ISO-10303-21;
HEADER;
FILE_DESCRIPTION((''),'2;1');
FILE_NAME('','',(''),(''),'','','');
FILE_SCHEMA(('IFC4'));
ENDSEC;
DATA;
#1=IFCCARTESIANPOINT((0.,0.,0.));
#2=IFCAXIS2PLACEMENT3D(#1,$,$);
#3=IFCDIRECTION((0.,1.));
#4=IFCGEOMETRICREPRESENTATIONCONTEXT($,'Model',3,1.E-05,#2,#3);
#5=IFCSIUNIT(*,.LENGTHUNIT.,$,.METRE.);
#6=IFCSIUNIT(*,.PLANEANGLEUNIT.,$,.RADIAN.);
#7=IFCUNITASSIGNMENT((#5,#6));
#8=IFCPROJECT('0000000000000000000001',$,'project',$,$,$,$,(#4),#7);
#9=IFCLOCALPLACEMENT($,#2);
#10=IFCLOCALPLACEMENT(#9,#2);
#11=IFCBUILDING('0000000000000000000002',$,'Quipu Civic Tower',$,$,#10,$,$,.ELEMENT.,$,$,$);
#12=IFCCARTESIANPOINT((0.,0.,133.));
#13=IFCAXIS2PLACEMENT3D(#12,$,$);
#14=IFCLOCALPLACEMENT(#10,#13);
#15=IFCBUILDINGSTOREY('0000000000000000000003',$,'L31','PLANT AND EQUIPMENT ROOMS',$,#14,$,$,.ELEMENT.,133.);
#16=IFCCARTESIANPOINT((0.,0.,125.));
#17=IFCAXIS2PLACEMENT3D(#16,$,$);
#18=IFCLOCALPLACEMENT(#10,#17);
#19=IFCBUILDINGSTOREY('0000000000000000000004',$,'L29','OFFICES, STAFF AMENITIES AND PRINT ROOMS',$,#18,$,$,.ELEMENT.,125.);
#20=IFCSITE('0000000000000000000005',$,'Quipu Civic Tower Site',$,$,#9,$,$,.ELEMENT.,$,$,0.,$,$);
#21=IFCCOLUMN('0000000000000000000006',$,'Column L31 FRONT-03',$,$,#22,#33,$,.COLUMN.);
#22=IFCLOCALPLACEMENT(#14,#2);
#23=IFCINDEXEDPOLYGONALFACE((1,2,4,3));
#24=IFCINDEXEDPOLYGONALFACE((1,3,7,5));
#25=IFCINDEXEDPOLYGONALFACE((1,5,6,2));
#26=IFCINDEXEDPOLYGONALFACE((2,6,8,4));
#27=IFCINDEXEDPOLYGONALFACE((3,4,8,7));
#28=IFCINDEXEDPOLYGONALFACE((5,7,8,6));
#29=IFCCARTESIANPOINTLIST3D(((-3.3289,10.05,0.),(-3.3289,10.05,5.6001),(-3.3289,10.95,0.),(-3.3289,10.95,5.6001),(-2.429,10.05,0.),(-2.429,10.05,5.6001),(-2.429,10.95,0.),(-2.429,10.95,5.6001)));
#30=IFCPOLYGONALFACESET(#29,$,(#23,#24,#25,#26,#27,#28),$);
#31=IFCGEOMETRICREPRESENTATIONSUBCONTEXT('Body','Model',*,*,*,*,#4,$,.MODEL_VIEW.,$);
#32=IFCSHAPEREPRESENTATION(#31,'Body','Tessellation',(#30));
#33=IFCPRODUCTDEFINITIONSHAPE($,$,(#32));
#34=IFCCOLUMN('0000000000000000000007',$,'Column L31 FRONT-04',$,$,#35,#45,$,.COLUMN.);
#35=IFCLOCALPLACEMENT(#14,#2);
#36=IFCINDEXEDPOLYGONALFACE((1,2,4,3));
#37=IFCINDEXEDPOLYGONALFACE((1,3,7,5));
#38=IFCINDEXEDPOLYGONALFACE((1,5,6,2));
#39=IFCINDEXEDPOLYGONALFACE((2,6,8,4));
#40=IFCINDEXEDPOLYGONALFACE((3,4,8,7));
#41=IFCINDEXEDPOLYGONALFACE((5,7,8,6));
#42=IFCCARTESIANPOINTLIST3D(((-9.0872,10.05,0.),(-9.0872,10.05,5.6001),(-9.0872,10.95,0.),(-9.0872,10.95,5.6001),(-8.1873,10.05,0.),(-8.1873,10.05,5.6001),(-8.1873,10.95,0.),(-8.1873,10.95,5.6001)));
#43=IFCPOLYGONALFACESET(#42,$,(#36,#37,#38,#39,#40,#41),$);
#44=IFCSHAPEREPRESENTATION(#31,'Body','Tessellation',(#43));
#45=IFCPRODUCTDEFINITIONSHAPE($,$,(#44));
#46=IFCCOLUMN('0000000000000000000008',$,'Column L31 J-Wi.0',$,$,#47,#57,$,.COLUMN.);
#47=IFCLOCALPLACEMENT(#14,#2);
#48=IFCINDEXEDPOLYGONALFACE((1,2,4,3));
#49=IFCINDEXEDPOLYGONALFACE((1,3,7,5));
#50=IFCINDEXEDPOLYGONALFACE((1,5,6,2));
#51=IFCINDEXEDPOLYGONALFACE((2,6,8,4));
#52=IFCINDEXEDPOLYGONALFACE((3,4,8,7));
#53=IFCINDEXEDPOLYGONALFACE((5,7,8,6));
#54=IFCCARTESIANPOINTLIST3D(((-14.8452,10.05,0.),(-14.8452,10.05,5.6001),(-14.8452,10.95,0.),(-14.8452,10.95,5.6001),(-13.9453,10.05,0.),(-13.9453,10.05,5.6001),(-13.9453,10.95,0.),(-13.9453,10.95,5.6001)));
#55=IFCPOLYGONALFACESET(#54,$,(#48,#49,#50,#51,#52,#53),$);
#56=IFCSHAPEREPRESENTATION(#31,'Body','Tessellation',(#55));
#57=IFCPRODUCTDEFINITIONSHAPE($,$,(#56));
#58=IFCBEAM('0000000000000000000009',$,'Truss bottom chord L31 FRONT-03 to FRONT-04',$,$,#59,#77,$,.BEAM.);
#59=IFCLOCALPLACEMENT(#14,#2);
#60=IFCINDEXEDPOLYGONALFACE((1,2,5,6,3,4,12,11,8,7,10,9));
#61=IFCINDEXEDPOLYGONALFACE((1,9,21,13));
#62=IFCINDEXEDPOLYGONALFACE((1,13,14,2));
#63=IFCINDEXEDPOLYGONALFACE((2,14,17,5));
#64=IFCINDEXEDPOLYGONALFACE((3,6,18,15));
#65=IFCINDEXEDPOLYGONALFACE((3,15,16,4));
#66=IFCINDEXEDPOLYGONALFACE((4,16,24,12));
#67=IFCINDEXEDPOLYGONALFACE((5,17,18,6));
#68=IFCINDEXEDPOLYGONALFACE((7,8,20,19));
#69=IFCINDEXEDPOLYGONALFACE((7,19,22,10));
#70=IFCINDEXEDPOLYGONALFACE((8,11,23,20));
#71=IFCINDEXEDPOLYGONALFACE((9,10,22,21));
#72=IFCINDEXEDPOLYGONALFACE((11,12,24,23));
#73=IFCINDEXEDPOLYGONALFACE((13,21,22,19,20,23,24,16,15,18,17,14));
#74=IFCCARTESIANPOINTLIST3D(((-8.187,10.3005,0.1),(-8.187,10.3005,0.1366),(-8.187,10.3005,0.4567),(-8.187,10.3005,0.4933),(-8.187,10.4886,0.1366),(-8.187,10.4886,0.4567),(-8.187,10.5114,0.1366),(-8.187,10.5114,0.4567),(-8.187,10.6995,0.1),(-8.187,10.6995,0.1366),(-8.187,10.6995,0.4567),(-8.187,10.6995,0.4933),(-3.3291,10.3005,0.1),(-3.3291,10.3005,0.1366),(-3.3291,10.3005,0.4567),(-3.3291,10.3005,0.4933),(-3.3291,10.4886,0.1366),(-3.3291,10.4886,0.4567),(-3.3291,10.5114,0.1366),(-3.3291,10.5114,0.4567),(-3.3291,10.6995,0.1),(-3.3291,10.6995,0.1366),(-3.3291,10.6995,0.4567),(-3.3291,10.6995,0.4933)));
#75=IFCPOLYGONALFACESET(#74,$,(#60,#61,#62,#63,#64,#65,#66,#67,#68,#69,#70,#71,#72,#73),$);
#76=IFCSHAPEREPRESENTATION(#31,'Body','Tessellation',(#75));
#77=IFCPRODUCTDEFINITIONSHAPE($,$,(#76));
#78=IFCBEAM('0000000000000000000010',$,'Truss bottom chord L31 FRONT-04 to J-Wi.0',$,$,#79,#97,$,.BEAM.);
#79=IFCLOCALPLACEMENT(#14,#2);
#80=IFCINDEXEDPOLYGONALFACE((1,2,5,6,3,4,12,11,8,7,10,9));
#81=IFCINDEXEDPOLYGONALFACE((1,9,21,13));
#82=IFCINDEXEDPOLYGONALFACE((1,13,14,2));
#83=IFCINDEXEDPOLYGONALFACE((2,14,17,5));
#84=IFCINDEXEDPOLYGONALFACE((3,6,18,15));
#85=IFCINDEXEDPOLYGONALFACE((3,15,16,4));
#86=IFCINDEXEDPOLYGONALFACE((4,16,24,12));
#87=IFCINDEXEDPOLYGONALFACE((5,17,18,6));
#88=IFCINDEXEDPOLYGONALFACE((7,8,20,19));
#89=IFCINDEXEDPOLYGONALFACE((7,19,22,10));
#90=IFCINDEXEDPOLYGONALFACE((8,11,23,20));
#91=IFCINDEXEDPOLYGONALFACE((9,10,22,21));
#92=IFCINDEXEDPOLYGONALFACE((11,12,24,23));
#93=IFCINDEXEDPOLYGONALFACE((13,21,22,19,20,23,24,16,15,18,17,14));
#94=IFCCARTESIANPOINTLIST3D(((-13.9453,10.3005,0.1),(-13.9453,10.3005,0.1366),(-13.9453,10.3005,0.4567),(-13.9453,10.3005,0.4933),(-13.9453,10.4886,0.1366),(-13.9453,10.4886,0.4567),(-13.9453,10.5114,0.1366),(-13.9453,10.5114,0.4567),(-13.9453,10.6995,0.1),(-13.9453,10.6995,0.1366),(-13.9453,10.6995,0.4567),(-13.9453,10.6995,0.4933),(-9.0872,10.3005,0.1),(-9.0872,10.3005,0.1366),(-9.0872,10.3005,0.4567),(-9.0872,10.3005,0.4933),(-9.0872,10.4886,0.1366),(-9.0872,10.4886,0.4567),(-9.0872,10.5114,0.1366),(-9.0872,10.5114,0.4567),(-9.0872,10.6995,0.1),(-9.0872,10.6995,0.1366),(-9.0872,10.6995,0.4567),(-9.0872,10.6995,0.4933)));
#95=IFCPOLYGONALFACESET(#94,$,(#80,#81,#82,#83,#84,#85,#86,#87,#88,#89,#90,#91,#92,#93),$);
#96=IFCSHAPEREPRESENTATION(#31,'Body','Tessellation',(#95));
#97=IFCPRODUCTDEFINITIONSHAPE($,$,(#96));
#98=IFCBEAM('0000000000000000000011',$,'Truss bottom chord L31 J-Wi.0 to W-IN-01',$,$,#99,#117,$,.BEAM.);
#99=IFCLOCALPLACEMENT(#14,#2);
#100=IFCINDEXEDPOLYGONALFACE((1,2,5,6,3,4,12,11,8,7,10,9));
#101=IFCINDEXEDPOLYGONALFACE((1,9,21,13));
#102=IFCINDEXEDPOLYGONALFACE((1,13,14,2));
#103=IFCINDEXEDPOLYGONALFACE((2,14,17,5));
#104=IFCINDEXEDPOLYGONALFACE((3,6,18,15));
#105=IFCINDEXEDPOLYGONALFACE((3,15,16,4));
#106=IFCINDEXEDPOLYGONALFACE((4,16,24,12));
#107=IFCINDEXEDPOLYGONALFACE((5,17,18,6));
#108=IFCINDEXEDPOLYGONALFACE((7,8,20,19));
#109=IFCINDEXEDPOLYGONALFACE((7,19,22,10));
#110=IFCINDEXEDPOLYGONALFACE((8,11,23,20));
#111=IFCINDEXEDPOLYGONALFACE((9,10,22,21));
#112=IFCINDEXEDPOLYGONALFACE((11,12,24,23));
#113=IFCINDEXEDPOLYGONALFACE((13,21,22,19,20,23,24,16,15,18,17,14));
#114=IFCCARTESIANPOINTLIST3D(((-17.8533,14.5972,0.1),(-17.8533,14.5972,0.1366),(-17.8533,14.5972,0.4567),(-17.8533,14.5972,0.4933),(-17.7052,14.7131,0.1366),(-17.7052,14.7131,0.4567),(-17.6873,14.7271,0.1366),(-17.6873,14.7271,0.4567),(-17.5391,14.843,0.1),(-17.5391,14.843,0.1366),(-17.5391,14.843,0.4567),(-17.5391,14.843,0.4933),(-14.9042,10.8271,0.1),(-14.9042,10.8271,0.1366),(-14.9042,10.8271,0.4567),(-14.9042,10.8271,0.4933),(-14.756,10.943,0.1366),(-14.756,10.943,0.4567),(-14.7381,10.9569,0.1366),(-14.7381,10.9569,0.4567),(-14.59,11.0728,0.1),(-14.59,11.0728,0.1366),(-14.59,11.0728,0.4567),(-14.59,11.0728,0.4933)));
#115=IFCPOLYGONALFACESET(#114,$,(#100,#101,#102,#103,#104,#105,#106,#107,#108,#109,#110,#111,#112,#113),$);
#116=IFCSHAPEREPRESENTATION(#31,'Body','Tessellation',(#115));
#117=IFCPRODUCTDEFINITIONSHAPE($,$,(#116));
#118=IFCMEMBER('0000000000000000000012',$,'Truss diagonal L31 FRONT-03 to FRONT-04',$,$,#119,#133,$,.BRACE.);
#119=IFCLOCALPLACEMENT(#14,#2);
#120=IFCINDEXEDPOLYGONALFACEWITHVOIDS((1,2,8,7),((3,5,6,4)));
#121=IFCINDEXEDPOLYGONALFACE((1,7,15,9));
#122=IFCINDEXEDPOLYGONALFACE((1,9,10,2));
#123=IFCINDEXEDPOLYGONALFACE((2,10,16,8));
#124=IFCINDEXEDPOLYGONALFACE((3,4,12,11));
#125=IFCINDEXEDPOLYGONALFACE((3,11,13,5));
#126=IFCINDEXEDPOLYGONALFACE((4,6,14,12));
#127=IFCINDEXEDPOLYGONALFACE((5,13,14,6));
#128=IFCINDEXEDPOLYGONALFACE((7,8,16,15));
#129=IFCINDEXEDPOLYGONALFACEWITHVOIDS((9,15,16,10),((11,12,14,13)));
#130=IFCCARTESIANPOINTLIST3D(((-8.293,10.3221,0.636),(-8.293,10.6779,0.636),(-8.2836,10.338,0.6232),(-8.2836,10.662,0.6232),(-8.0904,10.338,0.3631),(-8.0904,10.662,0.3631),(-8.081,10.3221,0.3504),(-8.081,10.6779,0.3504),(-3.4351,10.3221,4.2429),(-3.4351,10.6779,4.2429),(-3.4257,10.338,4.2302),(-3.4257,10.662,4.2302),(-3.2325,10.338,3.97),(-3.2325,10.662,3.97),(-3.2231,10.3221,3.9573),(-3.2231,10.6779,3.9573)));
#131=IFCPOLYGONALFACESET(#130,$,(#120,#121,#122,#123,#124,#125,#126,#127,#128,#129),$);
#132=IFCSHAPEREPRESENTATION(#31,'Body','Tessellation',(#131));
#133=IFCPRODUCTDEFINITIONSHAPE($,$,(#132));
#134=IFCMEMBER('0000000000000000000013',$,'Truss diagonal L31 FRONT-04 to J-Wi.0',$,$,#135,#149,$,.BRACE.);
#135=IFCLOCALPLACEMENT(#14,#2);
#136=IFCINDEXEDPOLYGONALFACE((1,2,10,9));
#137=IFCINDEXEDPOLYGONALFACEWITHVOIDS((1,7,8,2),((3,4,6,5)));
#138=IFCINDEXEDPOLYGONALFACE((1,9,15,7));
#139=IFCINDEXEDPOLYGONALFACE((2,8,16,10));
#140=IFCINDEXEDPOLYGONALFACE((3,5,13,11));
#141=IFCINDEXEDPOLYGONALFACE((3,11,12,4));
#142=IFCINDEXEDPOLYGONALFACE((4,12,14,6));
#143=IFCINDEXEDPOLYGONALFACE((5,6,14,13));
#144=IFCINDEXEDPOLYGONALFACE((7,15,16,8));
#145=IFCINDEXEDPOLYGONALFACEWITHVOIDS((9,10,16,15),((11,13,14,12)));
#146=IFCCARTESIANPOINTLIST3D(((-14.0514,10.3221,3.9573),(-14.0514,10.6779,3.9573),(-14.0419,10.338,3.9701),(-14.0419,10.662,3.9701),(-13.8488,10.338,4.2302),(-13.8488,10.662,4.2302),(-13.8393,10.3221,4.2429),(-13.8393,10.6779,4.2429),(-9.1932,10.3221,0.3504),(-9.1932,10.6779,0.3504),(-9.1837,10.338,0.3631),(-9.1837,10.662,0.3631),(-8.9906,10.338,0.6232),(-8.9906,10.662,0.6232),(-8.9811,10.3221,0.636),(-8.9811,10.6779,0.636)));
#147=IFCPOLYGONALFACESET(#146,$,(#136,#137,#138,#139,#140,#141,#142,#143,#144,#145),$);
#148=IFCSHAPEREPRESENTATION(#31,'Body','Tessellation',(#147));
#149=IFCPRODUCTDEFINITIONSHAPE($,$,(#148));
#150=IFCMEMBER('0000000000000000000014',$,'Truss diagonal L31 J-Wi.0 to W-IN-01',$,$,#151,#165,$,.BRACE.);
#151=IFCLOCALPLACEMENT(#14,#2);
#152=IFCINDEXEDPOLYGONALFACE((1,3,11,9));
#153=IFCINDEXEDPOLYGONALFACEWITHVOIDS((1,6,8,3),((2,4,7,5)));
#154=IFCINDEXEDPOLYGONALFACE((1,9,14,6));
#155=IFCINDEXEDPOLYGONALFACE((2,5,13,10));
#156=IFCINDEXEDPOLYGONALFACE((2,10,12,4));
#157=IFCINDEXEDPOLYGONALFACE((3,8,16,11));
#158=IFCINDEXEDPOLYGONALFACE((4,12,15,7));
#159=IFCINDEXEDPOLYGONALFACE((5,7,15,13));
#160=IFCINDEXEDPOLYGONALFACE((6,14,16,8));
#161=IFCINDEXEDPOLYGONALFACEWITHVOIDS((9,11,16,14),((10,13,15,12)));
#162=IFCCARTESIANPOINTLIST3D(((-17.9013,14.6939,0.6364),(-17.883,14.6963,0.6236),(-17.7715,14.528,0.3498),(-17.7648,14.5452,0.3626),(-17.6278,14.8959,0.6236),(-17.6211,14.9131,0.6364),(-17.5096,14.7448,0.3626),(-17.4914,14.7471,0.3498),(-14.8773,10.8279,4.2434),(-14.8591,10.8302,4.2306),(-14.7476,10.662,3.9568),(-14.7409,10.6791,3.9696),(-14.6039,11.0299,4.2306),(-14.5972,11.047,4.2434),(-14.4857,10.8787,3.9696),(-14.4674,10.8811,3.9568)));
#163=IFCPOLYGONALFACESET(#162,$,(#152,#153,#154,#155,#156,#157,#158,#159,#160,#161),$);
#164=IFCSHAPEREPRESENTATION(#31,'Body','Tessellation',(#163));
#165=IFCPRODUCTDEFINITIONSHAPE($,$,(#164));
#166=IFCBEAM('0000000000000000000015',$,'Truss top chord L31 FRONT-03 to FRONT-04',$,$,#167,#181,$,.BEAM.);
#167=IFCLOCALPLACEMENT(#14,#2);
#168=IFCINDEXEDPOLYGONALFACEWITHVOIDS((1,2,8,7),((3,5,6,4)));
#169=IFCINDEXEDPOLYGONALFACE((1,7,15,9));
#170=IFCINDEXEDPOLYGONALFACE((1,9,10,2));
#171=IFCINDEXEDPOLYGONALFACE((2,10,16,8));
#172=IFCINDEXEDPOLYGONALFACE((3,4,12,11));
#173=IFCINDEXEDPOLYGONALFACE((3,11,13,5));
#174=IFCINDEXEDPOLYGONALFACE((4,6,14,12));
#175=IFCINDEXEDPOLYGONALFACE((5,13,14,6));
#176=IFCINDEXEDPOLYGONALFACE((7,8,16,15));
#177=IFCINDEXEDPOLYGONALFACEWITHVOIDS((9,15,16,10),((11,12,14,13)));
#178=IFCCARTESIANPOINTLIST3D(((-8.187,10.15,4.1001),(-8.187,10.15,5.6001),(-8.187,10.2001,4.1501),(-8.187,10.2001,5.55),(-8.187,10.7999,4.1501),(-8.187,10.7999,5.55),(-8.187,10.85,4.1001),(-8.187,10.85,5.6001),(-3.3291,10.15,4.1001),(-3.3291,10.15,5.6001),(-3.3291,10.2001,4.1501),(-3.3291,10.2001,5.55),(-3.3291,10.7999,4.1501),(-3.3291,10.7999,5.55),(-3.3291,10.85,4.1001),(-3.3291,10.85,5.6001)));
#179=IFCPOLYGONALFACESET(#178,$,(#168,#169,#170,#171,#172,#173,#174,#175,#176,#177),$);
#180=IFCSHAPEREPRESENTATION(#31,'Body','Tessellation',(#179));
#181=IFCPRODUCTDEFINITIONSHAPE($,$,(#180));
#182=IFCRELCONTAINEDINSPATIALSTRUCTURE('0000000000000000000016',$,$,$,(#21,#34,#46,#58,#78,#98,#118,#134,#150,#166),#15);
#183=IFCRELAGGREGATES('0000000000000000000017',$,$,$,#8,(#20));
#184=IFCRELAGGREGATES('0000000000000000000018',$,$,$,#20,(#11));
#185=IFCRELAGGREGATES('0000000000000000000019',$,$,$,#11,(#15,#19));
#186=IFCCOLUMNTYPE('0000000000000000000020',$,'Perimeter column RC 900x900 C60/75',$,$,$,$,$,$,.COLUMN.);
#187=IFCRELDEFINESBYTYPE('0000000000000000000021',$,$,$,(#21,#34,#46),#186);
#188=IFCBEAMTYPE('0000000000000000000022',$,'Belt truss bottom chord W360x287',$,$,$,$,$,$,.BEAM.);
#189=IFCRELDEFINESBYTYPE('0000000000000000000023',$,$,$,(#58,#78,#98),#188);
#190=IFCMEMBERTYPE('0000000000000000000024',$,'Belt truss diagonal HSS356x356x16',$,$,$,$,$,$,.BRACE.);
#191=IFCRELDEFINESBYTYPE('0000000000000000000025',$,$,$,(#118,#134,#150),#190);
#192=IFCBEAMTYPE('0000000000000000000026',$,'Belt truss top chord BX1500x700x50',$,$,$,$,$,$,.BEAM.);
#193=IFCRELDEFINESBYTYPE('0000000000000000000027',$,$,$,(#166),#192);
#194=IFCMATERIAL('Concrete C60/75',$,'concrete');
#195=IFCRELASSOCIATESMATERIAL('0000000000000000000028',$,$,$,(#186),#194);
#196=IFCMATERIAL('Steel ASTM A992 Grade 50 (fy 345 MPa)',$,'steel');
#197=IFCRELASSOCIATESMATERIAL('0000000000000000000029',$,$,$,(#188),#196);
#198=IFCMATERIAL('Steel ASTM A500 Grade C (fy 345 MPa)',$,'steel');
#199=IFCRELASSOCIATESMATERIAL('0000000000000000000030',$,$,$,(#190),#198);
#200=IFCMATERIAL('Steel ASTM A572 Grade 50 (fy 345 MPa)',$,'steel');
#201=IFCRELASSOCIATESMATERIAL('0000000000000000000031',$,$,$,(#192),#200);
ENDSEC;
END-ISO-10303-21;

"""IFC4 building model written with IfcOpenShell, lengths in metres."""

from ifc_helpers import new_model, si_unit, direction, frame, origin, origin_2d, place, context, subcontext, project, spatial, rectangle, hollow_rectangle, i_section, extrude, material, material_profile, profile_set, type_object, element, save


model = new_model("IFC4")

# Units and contexts
model_context = context("Model", 3, precision=1e-05, world=origin(), true_north=direction((0.0, 1.0)))
body_context = subcontext(model_context, "Body", "Model", "MODEL_VIEW")
ifc_project = project(units=[si_unit("LENGTHUNIT", "METRE"), si_unit("PLANEANGLEUNIT", "RADIAN")], contexts=[model_context])

# Site, building, storey
site_placement = place(None, origin())
site = spatial("IfcSite", under=ifc_project, at=site_placement, Name="Quipu Civic Tower Site", CompositionType="ELEMENT", RefElevation=0.0)
building_placement = place(site_placement, origin())
building = spatial("IfcBuilding", under=site, at=building_placement, Name="Quipu Civic Tower", CompositionType="ELEMENT")
storey_1_placement = place(building_placement, frame((0.0, 0.0, 133.0)))
storey_1 = spatial("IfcBuildingStorey", under=building, at=storey_1_placement, Name="L31", Description="PLANT AND EQUIPMENT ROOMS", CompositionType="ELEMENT", Elevation=133.0)

# Columns
ifc_material_1 = material(Name="Concrete C60/75", Category="concrete")
ifc_material_profile_1 = material_profile(ifc_material_1, rectangle(XDim=0.8999, YDim=0.8999, at=origin_2d()), Name="RC900x900")
ifc_profile_set_1 = profile_set([ifc_material_profile_1], Name="Concrete C60/75")
column_type = type_object("IfcColumnType", Name="Perimeter column RC 900x900 C60/75", PredefinedType="COLUMN", material=ifc_profile_set_1)
for number, where, z_axis, x_axis, name in (
    (1, (-2.8789, 10.5, 0.0), (0.0, 0.0, 1.0), (-1.0, 0.0, 0.0), "Column L31 FRONT-03"),
    (2, (-8.6372, 10.5, 0.0), (0.0, 0.0, 1.0), (-1.0, 0.0, 0.0), "Column L31 FRONT-04"),
    (3, (-14.3953, 10.5, 0.0), (0.0, 0.0, 1.0), (-1.0, 0.0, 0.0), "Column L31 J-Wi.0"),
):
    element("IfcColumn", number, at=place(storey_1_placement, frame(where, z_axis=z_axis, x_axis=x_axis)), inside=storey_1, type_object=column_type, Name=name, PredefinedType="COLUMN", context=body_context, shape_type="SweptSolid", body=[
        extrude(rectangle(XDim=0.8999, YDim=0.8999, at=origin_2d()), origin(), (0.0, 0.0, 1.0), 5.6001),
    ])

# Beams
ifc_material_2 = material(Name="Steel ASTM A992 Grade 50 (fy 345 MPa)", Category="steel")
ifc_material_profile_2 = material_profile(ifc_material_2, i_section(OverallWidth=0.3989, OverallDepth=0.3933, WebThickness=0.0227, FlangeThickness=0.0366, at=origin_2d()), Name="W360x287")
ifc_profile_set_2 = profile_set([ifc_material_profile_2], Name="Steel ASTM A992 Grade 50 (fy 345 MPa)")
beam_type_1 = type_object("IfcBeamType", Name="Belt truss bottom chord W360x287", PredefinedType="BEAM", material=ifc_profile_set_2)
beam_1_placement = place(storey_1_placement, frame((-3.3291, 10.5, 0.2966), z_axis=(-1.0, 0.0, 0.0), x_axis=(0.0, -1.0, 0.0)))
element("IfcBeam", 4, at=beam_1_placement, inside=storey_1, type_object=beam_type_1, Name="Truss bottom chord L31 FRONT-03 to FRONT-04", PredefinedType="BEAM", context=body_context, shape_type="SweptSolid", body=[
    extrude(i_section(OverallWidth=0.3989, OverallDepth=0.3933, WebThickness=0.0227, FlangeThickness=0.0366, at=origin_2d()), origin(), (0.0, 0.0, 1.0), 4.8579),
])
beam_2_placement = place(storey_1_placement, frame((-9.0872, 10.5, 0.2966), z_axis=(-1.0, 0.0, 0.0), x_axis=(0.0, -1.0, 0.0)))
element("IfcBeam", 5, at=beam_2_placement, inside=storey_1, type_object=beam_type_1, Name="Truss bottom chord L31 FRONT-04 to J-Wi.0", PredefinedType="BEAM", context=body_context, shape_type="SweptSolid", body=[
    extrude(i_section(OverallWidth=0.3989, OverallDepth=0.3933, WebThickness=0.0227, FlangeThickness=0.0366, at=origin_2d()), origin(), (0.0, 0.0, 1.0), 4.8582),
])
beam_3_placement = place(storey_1_placement, frame((-14.7471, 10.95, 0.2966), z_axis=(-0.616124, 0.787649, 0.0), x_axis=(-0.787649, -0.616124, 0.0)))
element("IfcBeam", 6, at=beam_3_placement, inside=storey_1, type_object=beam_type_1, Name="Truss bottom chord L31 J-Wi.0 to W-IN-01", PredefinedType="BEAM", context=body_context, shape_type="SweptSolid", body=[
    extrude(i_section(OverallWidth=0.3989, OverallDepth=0.3933, WebThickness=0.0227, FlangeThickness=0.0366, at=origin_2d()), origin(), (0.0, 0.0, 1.0), 4.7866),
])

# Members
ifc_material_3 = material(Name="Steel ASTM A500 Grade C (fy 345 MPa)", Category="steel")
ifc_material_profile_3 = material_profile(ifc_material_3, hollow_rectangle(XDim=0.3557, YDim=0.3557, WallThickness=0.0159, at=origin_2d()), Name="HSS356x356x16")
ifc_profile_set_3 = profile_set([ifc_material_profile_3], Name="Steel ASTM A500 Grade C (fy 345 MPa)")
member_type_1 = type_object("IfcMemberType", Name="Belt truss diagonal HSS356x356x16", PredefinedType="BRACE", material=ifc_profile_set_3)
member_1_placement = place(storey_1_placement, frame((-3.3291, 10.5, 4.1001), z_axis=(-0.802886, 0.0, -0.596132), x_axis=(0.0, -1.0, 0.0)))
element("IfcMember", 7, at=member_1_placement, inside=storey_1, type_object=member_type_1, Name="Truss diagonal L31 FRONT-03 to FRONT-04", PredefinedType="BRACE", context=body_context, shape_type="SweptSolid", body=[
    extrude(hollow_rectangle(XDim=0.3557, YDim=0.3557, WallThickness=0.0159, at=origin_2d()), origin(), (0.0, 0.0, 1.0), 6.0505),
])
member_2_placement = place(storey_1_placement, frame((-9.0872, 10.5, 0.4932), z_axis=(-0.802901, 0.0, 0.596113), x_axis=(0.0, -1.0, 0.0)))
element("IfcMember", 8, at=member_2_placement, inside=storey_1, type_object=member_type_1, Name="Truss diagonal L31 FRONT-04 to J-Wi.0", PredefinedType="BRACE", context=body_context, shape_type="SweptSolid", body=[
    extrude(hollow_rectangle(XDim=0.3557, YDim=0.3557, WallThickness=0.0159, at=origin_2d()), origin(), (0.0, 0.0, 1.0), 6.0508),
])
member_3_placement = place(storey_1_placement, frame((-14.6724, 10.8545, 4.1001), z_axis=(-0.496461, 0.634706, -0.592178), x_axis=(-0.787665, -0.616104, 0.0)))
element("IfcMember", 9, at=member_3_placement, inside=storey_1, type_object=member_type_1, Name="Truss diagonal L31 J-Wi.0 to W-IN-01", PredefinedType="BRACE", context=body_context, shape_type="SweptSolid", body=[
    extrude(hollow_rectangle(XDim=0.3557, YDim=0.3557, WallThickness=0.0159, at=origin_2d()), origin(), (0.0, 0.0, 1.0), 6.0911),
])

# Beam
ifc_material_4 = material(Name="Steel ASTM A572 Grade 50 (fy 345 MPa)", Category="steel")
ifc_material_profile_4 = material_profile(ifc_material_4, hollow_rectangle(XDim=0.7, YDim=1.5, WallThickness=0.05, at=origin_2d()), Name="BX1500x700x50")
ifc_profile_set_4 = profile_set([ifc_material_profile_4], Name="Steel ASTM A572 Grade 50 (fy 345 MPa)")
beam_type_2 = type_object("IfcBeamType", Name="Belt truss top chord BX1500x700x50", PredefinedType="BEAM", material=ifc_profile_set_4)
beam_4_placement = place(storey_1_placement, frame((-3.3291, 10.5, 4.8501), z_axis=(-1.0, 0.0, 0.0), x_axis=(0.0, -1.0, 0.0)))
element("IfcBeam", 10, at=beam_4_placement, inside=storey_1, type_object=beam_type_2, Name="Truss top chord L31 FRONT-03 to FRONT-04", PredefinedType="BEAM", context=body_context, shape_type="SweptSolid", body=[
    extrude(hollow_rectangle(XDim=0.7, YDim=1.5, WallThickness=0.05, at=origin_2d()), origin(), (0.0, 0.0, 1.0), 4.8579),
])

# Shared definitions
storey_2_placement = place(building_placement, frame((0.0, 0.0, 125.0)))
storey_2 = spatial("IfcBuildingStorey", under=building, at=storey_2_placement, Name="L29", Description="OFFICES, STAFF AMENITIES AND PRINT ROOMS", CompositionType="ELEMENT", Elevation=125.0)

save(model, "model.ifc")
